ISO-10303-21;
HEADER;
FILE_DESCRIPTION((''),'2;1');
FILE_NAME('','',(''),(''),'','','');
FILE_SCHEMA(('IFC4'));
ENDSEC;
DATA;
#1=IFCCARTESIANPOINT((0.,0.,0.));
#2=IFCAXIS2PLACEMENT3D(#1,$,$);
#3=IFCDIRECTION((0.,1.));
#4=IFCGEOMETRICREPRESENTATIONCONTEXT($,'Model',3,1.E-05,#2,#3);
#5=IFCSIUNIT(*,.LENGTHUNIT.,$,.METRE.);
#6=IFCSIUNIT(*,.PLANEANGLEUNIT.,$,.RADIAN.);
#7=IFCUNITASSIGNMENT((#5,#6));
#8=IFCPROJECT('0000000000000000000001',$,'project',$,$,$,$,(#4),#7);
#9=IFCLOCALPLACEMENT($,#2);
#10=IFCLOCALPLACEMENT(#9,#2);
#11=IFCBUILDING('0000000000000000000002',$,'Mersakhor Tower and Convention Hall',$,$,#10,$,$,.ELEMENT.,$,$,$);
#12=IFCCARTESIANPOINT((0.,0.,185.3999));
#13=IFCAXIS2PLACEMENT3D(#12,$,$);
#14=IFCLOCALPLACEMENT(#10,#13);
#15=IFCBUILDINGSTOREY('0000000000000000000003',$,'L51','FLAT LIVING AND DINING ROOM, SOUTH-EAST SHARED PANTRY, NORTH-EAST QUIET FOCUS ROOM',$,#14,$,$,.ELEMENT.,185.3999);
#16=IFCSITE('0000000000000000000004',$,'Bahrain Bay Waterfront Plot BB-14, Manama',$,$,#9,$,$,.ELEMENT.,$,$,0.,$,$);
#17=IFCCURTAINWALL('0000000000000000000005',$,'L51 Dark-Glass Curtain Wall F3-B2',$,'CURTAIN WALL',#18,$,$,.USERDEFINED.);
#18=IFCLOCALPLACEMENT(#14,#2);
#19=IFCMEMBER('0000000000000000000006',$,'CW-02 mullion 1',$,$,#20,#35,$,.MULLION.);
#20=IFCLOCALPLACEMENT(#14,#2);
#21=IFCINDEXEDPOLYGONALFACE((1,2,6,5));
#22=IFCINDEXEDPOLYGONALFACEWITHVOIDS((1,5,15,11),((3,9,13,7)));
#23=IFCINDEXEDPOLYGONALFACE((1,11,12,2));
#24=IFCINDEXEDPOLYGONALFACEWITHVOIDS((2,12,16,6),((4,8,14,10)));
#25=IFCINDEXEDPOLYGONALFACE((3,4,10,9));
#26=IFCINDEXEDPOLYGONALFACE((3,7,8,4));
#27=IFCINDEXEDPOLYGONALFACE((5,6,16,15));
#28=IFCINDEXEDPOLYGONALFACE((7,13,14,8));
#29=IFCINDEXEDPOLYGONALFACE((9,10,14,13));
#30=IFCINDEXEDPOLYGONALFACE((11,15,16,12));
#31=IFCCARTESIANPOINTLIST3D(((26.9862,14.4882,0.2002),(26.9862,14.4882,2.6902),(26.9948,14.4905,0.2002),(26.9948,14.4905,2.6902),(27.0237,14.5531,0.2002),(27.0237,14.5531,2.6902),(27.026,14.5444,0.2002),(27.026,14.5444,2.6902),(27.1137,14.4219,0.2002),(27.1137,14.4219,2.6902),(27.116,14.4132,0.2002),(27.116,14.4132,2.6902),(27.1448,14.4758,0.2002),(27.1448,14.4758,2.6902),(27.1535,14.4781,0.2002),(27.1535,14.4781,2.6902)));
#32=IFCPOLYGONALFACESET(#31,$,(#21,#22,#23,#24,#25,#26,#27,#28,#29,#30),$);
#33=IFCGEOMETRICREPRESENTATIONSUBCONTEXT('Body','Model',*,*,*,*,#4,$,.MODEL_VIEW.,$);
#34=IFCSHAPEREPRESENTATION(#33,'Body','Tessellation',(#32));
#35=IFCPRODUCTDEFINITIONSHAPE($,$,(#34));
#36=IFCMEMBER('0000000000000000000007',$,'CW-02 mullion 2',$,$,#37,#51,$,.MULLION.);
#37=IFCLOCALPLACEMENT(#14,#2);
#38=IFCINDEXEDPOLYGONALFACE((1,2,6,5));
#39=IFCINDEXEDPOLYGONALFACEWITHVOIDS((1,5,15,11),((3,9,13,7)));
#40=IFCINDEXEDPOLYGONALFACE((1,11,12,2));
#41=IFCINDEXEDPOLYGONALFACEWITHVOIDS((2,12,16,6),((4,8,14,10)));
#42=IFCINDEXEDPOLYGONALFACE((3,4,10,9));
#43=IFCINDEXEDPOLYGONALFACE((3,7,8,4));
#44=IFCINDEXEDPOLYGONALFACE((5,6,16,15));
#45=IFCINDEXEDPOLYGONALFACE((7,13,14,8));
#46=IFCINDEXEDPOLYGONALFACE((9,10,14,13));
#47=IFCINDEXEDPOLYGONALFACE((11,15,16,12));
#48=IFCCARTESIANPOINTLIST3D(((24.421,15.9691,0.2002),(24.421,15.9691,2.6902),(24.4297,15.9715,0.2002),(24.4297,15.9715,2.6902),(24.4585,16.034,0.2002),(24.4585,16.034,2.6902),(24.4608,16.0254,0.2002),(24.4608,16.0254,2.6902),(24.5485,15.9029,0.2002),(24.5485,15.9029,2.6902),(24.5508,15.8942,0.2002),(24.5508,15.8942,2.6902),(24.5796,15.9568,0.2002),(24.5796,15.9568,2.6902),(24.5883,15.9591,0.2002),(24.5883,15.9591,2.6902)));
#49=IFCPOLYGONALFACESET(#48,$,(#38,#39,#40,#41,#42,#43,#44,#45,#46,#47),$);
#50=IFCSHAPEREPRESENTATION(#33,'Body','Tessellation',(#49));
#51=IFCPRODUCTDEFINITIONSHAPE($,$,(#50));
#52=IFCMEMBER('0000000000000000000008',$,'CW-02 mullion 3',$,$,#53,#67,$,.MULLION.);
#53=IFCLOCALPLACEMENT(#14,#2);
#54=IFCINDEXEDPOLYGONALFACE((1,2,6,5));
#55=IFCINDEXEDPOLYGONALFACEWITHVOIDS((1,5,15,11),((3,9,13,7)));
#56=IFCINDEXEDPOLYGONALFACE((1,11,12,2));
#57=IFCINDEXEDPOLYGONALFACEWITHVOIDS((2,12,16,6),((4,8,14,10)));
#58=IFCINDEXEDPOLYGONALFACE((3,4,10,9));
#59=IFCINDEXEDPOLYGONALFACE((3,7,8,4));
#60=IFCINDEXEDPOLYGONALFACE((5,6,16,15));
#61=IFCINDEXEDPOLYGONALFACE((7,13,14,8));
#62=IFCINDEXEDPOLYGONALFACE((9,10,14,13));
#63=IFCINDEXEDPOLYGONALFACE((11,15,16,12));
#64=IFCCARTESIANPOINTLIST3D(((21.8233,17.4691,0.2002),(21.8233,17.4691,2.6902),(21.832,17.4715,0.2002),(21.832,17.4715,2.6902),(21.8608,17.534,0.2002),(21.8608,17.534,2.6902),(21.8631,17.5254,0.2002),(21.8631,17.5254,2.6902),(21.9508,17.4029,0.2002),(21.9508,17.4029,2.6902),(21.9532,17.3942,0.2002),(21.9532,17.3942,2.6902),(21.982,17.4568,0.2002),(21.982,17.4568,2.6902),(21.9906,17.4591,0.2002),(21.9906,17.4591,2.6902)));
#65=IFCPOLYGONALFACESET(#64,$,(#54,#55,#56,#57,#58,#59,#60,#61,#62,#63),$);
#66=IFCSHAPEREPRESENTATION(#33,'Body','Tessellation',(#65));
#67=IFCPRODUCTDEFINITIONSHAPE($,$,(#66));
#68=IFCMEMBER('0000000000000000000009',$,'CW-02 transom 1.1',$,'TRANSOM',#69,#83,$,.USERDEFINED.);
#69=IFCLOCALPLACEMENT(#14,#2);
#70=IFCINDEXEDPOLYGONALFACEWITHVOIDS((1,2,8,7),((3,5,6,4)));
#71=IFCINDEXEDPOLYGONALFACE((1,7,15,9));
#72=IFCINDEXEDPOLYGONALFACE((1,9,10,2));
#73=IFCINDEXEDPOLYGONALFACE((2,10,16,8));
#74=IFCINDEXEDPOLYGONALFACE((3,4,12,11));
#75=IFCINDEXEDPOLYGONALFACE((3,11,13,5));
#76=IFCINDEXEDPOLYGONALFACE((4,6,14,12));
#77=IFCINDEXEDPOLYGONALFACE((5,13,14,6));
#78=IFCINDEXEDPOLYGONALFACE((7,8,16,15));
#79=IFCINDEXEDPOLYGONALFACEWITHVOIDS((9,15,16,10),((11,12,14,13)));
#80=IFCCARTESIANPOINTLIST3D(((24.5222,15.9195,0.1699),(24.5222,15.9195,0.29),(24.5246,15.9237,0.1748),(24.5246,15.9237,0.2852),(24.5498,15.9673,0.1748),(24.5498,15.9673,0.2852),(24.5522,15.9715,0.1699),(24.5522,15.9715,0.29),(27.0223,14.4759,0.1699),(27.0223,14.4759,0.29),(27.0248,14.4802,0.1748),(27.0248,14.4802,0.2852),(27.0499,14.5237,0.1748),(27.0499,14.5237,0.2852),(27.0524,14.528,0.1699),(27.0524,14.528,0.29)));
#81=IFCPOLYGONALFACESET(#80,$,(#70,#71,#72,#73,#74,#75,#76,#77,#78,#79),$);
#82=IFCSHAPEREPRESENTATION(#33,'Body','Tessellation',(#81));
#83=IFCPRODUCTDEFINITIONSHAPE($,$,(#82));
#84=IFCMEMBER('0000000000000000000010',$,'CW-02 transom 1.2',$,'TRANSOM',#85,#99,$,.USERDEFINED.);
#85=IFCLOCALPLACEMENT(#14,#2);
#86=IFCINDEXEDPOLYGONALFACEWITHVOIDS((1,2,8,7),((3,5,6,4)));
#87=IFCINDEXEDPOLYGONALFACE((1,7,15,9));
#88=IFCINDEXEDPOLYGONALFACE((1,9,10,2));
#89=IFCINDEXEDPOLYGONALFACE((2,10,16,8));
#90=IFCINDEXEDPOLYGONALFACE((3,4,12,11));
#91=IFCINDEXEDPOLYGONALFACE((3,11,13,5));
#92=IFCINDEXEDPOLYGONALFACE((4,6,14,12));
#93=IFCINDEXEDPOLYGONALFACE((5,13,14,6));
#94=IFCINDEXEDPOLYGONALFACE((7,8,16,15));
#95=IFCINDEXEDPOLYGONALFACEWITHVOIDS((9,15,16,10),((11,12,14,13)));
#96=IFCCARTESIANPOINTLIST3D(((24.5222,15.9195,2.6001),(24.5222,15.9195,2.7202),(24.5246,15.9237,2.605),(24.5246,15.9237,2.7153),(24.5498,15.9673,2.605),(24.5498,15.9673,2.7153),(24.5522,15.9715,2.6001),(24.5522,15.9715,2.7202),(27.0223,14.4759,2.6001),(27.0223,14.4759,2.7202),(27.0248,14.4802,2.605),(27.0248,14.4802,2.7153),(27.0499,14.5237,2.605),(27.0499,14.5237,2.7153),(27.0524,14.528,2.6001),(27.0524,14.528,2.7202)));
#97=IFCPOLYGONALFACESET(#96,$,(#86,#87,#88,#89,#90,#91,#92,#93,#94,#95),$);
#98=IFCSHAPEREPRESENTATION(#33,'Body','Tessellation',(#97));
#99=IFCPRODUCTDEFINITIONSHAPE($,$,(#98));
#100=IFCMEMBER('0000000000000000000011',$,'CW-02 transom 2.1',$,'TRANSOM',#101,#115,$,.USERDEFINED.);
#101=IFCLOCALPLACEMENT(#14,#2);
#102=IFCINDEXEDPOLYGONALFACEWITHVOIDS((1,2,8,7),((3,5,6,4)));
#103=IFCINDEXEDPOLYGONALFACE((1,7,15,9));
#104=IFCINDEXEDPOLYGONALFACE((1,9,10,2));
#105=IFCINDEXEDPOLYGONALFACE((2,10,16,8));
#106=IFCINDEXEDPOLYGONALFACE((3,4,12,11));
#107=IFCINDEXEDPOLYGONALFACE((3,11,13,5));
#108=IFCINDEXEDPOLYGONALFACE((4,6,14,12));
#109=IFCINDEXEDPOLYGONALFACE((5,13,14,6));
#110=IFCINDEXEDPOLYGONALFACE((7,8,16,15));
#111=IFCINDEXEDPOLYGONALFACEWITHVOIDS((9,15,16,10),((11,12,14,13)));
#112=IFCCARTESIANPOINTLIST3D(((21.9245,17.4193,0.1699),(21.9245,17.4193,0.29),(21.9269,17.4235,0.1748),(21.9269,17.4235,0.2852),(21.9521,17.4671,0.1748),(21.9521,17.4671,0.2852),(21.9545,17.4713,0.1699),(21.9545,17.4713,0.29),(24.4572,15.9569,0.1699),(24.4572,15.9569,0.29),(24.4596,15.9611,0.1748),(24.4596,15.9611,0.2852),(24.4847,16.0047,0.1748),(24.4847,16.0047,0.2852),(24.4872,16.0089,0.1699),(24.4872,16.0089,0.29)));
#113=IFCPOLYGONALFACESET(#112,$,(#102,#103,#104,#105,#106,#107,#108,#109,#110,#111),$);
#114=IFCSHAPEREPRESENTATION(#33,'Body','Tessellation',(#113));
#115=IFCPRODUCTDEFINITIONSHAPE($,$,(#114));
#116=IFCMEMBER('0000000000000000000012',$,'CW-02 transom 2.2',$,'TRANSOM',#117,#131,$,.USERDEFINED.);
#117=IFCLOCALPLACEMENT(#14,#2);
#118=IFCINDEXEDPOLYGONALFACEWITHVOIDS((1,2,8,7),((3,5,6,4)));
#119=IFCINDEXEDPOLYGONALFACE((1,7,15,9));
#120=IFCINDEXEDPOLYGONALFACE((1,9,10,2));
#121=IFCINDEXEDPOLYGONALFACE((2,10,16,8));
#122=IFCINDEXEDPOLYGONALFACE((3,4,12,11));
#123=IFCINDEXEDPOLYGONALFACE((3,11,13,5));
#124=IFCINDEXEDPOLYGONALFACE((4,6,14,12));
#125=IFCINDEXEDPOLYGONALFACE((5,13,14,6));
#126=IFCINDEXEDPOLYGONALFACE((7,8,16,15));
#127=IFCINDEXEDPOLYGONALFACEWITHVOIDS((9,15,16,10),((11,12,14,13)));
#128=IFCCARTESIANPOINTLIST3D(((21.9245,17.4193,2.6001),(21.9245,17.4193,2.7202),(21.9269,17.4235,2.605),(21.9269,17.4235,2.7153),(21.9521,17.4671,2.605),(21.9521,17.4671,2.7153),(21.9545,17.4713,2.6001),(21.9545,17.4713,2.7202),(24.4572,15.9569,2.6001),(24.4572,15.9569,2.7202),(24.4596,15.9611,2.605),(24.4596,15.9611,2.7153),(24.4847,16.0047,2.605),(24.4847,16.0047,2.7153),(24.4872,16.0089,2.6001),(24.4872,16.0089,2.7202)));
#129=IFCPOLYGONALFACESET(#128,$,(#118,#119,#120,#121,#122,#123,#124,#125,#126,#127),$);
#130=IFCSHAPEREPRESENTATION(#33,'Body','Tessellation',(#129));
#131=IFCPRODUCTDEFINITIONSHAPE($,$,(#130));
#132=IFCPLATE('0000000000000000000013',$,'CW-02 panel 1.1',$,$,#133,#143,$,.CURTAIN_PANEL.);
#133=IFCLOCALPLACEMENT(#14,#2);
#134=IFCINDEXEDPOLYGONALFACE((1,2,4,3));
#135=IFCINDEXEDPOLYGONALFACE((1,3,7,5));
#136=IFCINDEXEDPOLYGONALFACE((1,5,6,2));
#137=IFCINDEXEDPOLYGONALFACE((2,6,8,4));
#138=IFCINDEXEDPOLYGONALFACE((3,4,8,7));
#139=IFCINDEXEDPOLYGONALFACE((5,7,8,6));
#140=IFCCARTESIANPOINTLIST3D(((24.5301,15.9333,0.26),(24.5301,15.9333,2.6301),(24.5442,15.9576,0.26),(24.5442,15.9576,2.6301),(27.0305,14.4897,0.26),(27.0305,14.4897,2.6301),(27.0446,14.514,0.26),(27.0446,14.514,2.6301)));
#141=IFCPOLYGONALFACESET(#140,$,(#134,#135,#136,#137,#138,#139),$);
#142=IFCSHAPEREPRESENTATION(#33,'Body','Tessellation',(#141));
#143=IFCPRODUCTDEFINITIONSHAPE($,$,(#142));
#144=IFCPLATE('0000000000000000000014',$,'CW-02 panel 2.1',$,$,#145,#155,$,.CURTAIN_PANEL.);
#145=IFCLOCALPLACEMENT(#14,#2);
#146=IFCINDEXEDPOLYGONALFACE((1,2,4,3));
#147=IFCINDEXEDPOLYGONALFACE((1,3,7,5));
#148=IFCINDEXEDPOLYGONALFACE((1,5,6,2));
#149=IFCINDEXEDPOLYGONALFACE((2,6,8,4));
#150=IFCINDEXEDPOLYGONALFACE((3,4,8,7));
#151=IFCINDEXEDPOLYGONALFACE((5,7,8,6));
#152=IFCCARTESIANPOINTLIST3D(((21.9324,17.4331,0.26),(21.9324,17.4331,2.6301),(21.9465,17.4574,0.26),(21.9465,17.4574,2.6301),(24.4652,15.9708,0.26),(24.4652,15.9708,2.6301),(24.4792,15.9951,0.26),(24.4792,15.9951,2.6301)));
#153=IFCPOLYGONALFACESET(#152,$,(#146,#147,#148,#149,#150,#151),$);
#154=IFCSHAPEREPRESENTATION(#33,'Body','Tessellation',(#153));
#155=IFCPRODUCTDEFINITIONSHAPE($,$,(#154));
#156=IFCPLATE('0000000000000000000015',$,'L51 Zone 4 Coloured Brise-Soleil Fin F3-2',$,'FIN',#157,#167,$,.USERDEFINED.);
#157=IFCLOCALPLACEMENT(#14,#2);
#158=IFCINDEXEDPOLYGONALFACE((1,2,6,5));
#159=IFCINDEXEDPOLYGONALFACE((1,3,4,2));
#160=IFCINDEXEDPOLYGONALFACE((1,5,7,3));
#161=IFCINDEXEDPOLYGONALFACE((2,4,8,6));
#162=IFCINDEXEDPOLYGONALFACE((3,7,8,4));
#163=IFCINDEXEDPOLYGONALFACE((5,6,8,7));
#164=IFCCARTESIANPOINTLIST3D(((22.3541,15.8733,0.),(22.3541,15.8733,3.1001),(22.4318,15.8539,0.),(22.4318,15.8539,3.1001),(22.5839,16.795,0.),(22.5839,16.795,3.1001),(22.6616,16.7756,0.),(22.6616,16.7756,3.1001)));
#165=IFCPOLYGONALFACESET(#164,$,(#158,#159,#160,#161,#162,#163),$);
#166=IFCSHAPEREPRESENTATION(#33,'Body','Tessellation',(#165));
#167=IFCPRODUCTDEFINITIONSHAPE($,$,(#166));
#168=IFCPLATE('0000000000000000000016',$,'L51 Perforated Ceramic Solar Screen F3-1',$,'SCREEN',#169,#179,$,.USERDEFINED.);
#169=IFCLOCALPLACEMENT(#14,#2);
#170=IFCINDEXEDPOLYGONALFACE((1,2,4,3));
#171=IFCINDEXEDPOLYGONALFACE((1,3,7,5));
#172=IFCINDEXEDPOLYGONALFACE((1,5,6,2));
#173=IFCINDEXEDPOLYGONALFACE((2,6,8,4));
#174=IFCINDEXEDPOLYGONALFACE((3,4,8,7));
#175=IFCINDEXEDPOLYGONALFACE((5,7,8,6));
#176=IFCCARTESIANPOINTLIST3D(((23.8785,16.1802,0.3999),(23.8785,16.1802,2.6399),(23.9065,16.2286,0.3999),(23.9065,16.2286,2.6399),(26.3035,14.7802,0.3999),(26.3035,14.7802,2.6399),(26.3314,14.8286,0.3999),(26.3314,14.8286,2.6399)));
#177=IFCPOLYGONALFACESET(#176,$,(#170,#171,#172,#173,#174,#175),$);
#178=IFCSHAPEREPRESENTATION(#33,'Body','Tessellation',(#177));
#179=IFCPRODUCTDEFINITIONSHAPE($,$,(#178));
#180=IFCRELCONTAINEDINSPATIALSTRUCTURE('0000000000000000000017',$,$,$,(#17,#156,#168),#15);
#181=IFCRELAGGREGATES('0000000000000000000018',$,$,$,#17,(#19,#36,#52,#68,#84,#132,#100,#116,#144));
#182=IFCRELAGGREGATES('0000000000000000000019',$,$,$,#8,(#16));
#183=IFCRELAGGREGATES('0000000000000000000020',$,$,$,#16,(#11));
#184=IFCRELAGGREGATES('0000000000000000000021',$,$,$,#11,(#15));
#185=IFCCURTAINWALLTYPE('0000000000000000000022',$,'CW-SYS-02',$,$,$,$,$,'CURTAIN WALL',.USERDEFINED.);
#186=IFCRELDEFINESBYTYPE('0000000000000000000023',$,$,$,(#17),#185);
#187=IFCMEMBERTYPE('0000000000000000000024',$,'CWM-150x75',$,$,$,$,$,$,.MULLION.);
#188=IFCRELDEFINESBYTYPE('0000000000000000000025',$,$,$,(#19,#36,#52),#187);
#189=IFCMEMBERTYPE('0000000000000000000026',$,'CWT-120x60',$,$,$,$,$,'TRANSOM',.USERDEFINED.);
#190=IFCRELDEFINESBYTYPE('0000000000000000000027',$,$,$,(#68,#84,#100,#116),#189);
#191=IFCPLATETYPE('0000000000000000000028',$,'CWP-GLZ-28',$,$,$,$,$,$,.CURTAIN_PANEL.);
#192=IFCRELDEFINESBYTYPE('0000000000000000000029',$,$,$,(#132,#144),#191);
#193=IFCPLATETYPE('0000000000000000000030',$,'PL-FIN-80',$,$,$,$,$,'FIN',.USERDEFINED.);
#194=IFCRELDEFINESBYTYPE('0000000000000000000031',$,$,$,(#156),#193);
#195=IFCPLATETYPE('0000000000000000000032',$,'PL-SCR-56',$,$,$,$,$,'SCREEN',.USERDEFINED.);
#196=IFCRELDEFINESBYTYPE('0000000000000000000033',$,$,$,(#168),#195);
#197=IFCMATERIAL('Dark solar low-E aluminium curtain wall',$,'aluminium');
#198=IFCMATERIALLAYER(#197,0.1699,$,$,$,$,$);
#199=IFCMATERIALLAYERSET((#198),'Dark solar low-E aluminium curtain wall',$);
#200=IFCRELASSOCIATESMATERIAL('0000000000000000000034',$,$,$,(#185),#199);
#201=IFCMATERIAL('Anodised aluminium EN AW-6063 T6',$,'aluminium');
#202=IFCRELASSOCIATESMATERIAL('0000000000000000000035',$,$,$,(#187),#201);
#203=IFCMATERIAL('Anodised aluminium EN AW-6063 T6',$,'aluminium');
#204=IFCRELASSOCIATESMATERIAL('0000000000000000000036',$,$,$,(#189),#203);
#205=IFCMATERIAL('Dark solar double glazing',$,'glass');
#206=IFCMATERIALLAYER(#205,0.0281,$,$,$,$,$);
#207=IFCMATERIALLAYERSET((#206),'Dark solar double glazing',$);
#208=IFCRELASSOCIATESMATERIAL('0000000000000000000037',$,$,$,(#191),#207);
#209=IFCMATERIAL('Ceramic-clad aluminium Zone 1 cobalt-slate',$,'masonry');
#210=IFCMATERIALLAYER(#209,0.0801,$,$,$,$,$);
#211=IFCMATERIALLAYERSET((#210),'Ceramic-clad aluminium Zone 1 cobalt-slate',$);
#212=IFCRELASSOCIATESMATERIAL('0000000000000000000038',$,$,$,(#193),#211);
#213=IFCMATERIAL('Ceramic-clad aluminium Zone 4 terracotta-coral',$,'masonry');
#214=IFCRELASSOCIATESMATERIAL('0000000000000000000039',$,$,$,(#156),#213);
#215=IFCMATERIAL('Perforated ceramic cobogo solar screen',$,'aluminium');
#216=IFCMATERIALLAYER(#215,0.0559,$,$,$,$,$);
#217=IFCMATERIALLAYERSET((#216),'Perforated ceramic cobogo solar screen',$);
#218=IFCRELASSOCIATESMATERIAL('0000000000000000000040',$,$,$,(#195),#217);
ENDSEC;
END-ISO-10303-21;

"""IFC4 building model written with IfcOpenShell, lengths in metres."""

from ifc_helpers import new_model, si_unit, direction, frame, origin, origin_2d, place, context, subcontext, project, spatial, rectangle, hollow_rectangle, extrude, material, layer, layer_set, material_profile, profile_set, type_object, element, aggregate, save


model = new_model("IFC4")

# Units and contexts
model_context = context("Model", 3, precision=1e-05, world=origin(), true_north=direction((0.0, 1.0)))
body_context = subcontext(model_context, "Body", "Model", "MODEL_VIEW")
ifc_project = project(units=[si_unit("LENGTHUNIT", "METRE"), si_unit("PLANEANGLEUNIT", "RADIAN")], contexts=[model_context])

# Site, building, storey
site_placement = place(None, origin())
site = spatial("IfcSite", under=ifc_project, at=site_placement, Name="Bahrain Bay Waterfront Plot BB-14, Manama", CompositionType="ELEMENT", RefElevation=0.0)
building_placement = place(site_placement, origin())
building = spatial("IfcBuilding", under=site, at=building_placement, Name="Mersakhor Tower and Convention Hall", CompositionType="ELEMENT")
storey_placement = place(building_placement, frame((0.0, 0.0, 185.3999)))
storey = spatial("IfcBuildingStorey", under=building, at=storey_placement, Name="L51", Description="FLAT LIVING AND DINING ROOM, SOUTH-EAST SHARED PANTRY, NORTH-EAST QUIET FOCUS ROOM", CompositionType="ELEMENT", Elevation=185.3999)

# Curtain wall, members, plates
ifc_material_1 = material(Name="Dark solar low-E aluminium curtain wall", Category="aluminium")
ifc_layer_1 = layer(ifc_material_1, 0.1699)
ifc_layer_set_1 = layer_set([ifc_layer_1], Name="Dark solar low-E aluminium curtain wall")
curtain_wall_type = type_object("IfcCurtainWallType", Name="CW-SYS-02", ElementType="CURTAIN WALL", PredefinedType="USERDEFINED", material=ifc_layer_set_1)
curtain_wall_placement = place(storey_placement, origin())
curtain_wall = element("IfcCurtainWall", 1, at=curtain_wall_placement, inside=storey, type_object=curtain_wall_type, Name="L51 Dark-Glass Curtain Wall F3-B2", ObjectType="CURTAIN WALL", PredefinedType="USERDEFINED")
ifc_material_2 = material(Name="Anodised aluminium EN AW-6063 T6", Category="aluminium")
ifc_material_profile_1 = material_profile(ifc_material_2, hollow_rectangle(XDim=0.075, YDim=0.1499, WallThickness=0.0063, at=origin_2d()), Name="RHS 150x75x6.3")
ifc_profile_set_1 = profile_set([ifc_material_profile_1], Name="Anodised aluminium EN AW-6063 T6")
member_type_1 = type_object("IfcMemberType", Name="CWM-150x75", PredefinedType="MULLION", material=ifc_profile_set_1)
member_1_placement = place(storey_placement, frame((27.0698, 14.4832, 0.2002), z_axis=(0.0, 0.0, 1.0), x_axis=(-0.500008, -0.866021, 0.0)))
member_1 = element("IfcMember", 2, at=member_1_placement, type_object=member_type_1, Name="CW-02 mullion 1", PredefinedType="MULLION", context=body_context, shape_type="SweptSolid", body=[
    extrude(hollow_rectangle(XDim=0.075, YDim=0.1499, WallThickness=0.0063, at=origin_2d()), origin(), (0.0, 0.0, 1.0), 2.49),
])
member_2_placement = place(storey_placement, frame((24.5046, 15.9641, 0.2002), z_axis=(0.0, 0.0, 1.0), x_axis=(-0.500008, -0.866021, 0.0)))
member_2 = element("IfcMember", 3, at=member_2_placement, type_object=member_type_1, Name="CW-02 mullion 2", PredefinedType="MULLION", context=body_context, shape_type="SweptSolid", body=[
    extrude(hollow_rectangle(XDim=0.075, YDim=0.1499, WallThickness=0.0063, at=origin_2d()), origin(), (0.0, 0.0, 1.0), 2.49),
])
member_3_placement = place(storey_placement, frame((21.907, 17.4641, 0.2002), z_axis=(0.0, 0.0, 1.0), x_axis=(-0.500008, -0.866021, 0.0)))
member_3 = element("IfcMember", 4, at=member_3_placement, type_object=member_type_1, Name="CW-02 mullion 3", PredefinedType="MULLION", context=body_context, shape_type="SweptSolid", body=[
    extrude(hollow_rectangle(XDim=0.075, YDim=0.1499, WallThickness=0.0063, at=origin_2d()), origin(), (0.0, 0.0, 1.0), 2.49),
])
ifc_material_3 = material(Name="Anodised aluminium EN AW-6063 T6", Category="aluminium")
ifc_material_profile_2 = material_profile(ifc_material_3, hollow_rectangle(XDim=0.0601, YDim=0.1201, WallThickness=0.0049, at=origin_2d()), Name="RHS 120x60x5")
ifc_profile_set_2 = profile_set([ifc_material_profile_2], Name="Anodised aluminium EN AW-6063 T6")
member_type_2 = type_object("IfcMemberType", Name="CWT-120x60", ElementType="TRANSOM", PredefinedType="USERDEFINED", material=ifc_profile_set_2)
member_4_placement = place(storey_placement, frame((27.0374, 14.502, 0.23), z_axis=(-0.866012, 0.500023, 0.0), x_axis=(-0.500023, -0.866012, 0.0)))
member_4 = element("IfcMember", 5, at=member_4_placement, type_object=member_type_2, Name="CW-02 transom 1.1", ObjectType="TRANSOM", PredefinedType="USERDEFINED", context=body_context, shape_type="SweptSolid", body=[
    extrude(hollow_rectangle(XDim=0.0601, YDim=0.1201, WallThickness=0.0049, at=origin_2d()), origin(), (0.0, 0.0, 1.0), 2.887),
])
member_5_placement = place(storey_placement, frame((27.0374, 14.502, 2.6602), z_axis=(-0.866012, 0.500023, 0.0), x_axis=(-0.500023, -0.866012, 0.0)))
member_5 = element("IfcMember", 6, at=member_5_placement, type_object=member_type_2, Name="CW-02 transom 1.2", ObjectType="TRANSOM", PredefinedType="USERDEFINED", context=body_context, shape_type="SweptSolid", body=[
    extrude(hollow_rectangle(XDim=0.0601, YDim=0.1201, WallThickness=0.0049, at=origin_2d()), origin(), (0.0, 0.0, 1.0), 2.887),
])
member_6_placement = place(storey_placement, frame((24.4722, 15.9829, 0.23), z_axis=(-0.866005, 0.500036, 0.0), x_axis=(-0.500036, -0.866005, 0.0)))
member_6 = element("IfcMember", 7, at=member_6_placement, type_object=member_type_2, Name="CW-02 transom 2.1", ObjectType="TRANSOM", PredefinedType="USERDEFINED", context=body_context, shape_type="SweptSolid", body=[
    extrude(hollow_rectangle(XDim=0.0601, YDim=0.1201, WallThickness=0.0049, at=origin_2d()), origin(), (0.0, 0.0, 1.0), 2.9246),
])
member_7_placement = place(storey_placement, frame((24.4722, 15.9829, 2.6602), z_axis=(-0.866005, 0.500036, 0.0), x_axis=(-0.500036, -0.866005, 0.0)))
member_7 = element("IfcMember", 8, at=member_7_placement, type_object=member_type_2, Name="CW-02 transom 2.2", ObjectType="TRANSOM", PredefinedType="USERDEFINED", context=body_context, shape_type="SweptSolid", body=[
    extrude(hollow_rectangle(XDim=0.0601, YDim=0.1201, WallThickness=0.0049, at=origin_2d()), origin(), (0.0, 0.0, 1.0), 2.9246),
])
ifc_material_4 = material(Name="Dark solar double glazing", Category="glass")
ifc_layer_2 = layer(ifc_material_4, 0.0281)
ifc_layer_set_2 = layer_set([ifc_layer_2], Name="Dark solar double glazing")
plate_type_1 = type_object("IfcPlateType", Name="CWP-GLZ-28", PredefinedType="CURTAIN_PANEL", material=ifc_layer_set_2)
plate_1_placement = place(storey_placement, frame((25.7874, 15.2236, 0.26), z_axis=(0.0, 0.0, 1.0), x_axis=(-0.866021, 0.500008, 0.0)))
plate_1 = element("IfcPlate", 9, at=plate_1_placement, type_object=plate_type_1, Name="CW-02 panel 1.1", PredefinedType="CURTAIN_PANEL", context=body_context, shape_type="SweptSolid", body=[
    extrude(rectangle(XDim=2.8872, YDim=0.0281, at=origin_2d()), origin(), (0.0, 0.0, 1.0), 2.3701),
])
plate_2_placement = place(storey_placement, frame((23.2058, 16.7141, 0.26), z_axis=(0.0, 0.0, 1.0), x_axis=(-0.866021, 0.500008, 0.0)))
plate_2 = element("IfcPlate", 10, at=plate_2_placement, type_object=plate_type_1, Name="CW-02 panel 2.1", PredefinedType="CURTAIN_PANEL", context=body_context, shape_type="SweptSolid", body=[
    extrude(rectangle(XDim=2.9246, YDim=0.0281, at=origin_2d()), origin(), (0.0, 0.0, 1.0), 2.3701),
])
aggregate(curtain_wall, [member_1, member_2, member_3, member_4, member_5, plate_1, member_6, member_7, plate_2])

# Plates
ifc_material_5 = material(Name="Ceramic-clad aluminium Zone 4 terracotta-coral", Category="masonry")
ifc_material_6 = material(Name="Ceramic-clad aluminium Zone 1 cobalt-slate", Category="masonry")
ifc_layer_3 = layer(ifc_material_6, 0.0801)
ifc_layer_set_3 = layer_set([ifc_layer_3], Name="Ceramic-clad aluminium Zone 1 cobalt-slate")
plate_type_2 = type_object("IfcPlateType", Name="PL-FIN-80", ElementType="FIN", PredefinedType="USERDEFINED", material=ifc_layer_set_3)
plate_3_placement = place(storey_placement, frame((22.5078, 16.3245, 0.0), z_axis=(0.0, 0.0, 1.0), x_axis=(-0.241922, -0.970296, 0.0)))
element("IfcPlate", 11, at=plate_3_placement, inside=storey, type_object=plate_type_2, material=ifc_material_5, Name="L51 Zone 4 Coloured Brise-Soleil Fin F3-2", ObjectType="FIN", PredefinedType="USERDEFINED", context=body_context, shape_type="SweptSolid", body=[
    extrude(rectangle(XDim=0.95, YDim=0.0801, at=origin_2d()), origin(), (0.0, 0.0, 1.0), 3.1001),
])
ifc_material_7 = material(Name="Perforated ceramic cobogo solar screen", Category="aluminium")
ifc_layer_4 = layer(ifc_material_7, 0.0559)
ifc_layer_set_4 = layer_set([ifc_layer_4], Name="Perforated ceramic cobogo solar screen")
plate_type_3 = type_object("IfcPlateType", Name="PL-SCR-56", ElementType="SCREEN", PredefinedType="USERDEFINED", material=ifc_layer_set_4)
plate_4_placement = place(storey_placement, frame((25.105, 15.5044, 0.3999), z_axis=(0.0, 0.0, 1.0), x_axis=(-0.866025, 0.5, 0.0)))
element("IfcPlate", 12, at=plate_4_placement, inside=storey, type_object=plate_type_3, Name="L51 Perforated Ceramic Solar Screen F3-1", ObjectType="SCREEN", PredefinedType="USERDEFINED", context=body_context, shape_type="SweptSolid", body=[
    extrude(rectangle(XDim=2.8, YDim=0.0559, at=origin_2d()), origin(), (0.0, 0.0, 1.0), 2.24),
])

save(model, "model.ifc")
